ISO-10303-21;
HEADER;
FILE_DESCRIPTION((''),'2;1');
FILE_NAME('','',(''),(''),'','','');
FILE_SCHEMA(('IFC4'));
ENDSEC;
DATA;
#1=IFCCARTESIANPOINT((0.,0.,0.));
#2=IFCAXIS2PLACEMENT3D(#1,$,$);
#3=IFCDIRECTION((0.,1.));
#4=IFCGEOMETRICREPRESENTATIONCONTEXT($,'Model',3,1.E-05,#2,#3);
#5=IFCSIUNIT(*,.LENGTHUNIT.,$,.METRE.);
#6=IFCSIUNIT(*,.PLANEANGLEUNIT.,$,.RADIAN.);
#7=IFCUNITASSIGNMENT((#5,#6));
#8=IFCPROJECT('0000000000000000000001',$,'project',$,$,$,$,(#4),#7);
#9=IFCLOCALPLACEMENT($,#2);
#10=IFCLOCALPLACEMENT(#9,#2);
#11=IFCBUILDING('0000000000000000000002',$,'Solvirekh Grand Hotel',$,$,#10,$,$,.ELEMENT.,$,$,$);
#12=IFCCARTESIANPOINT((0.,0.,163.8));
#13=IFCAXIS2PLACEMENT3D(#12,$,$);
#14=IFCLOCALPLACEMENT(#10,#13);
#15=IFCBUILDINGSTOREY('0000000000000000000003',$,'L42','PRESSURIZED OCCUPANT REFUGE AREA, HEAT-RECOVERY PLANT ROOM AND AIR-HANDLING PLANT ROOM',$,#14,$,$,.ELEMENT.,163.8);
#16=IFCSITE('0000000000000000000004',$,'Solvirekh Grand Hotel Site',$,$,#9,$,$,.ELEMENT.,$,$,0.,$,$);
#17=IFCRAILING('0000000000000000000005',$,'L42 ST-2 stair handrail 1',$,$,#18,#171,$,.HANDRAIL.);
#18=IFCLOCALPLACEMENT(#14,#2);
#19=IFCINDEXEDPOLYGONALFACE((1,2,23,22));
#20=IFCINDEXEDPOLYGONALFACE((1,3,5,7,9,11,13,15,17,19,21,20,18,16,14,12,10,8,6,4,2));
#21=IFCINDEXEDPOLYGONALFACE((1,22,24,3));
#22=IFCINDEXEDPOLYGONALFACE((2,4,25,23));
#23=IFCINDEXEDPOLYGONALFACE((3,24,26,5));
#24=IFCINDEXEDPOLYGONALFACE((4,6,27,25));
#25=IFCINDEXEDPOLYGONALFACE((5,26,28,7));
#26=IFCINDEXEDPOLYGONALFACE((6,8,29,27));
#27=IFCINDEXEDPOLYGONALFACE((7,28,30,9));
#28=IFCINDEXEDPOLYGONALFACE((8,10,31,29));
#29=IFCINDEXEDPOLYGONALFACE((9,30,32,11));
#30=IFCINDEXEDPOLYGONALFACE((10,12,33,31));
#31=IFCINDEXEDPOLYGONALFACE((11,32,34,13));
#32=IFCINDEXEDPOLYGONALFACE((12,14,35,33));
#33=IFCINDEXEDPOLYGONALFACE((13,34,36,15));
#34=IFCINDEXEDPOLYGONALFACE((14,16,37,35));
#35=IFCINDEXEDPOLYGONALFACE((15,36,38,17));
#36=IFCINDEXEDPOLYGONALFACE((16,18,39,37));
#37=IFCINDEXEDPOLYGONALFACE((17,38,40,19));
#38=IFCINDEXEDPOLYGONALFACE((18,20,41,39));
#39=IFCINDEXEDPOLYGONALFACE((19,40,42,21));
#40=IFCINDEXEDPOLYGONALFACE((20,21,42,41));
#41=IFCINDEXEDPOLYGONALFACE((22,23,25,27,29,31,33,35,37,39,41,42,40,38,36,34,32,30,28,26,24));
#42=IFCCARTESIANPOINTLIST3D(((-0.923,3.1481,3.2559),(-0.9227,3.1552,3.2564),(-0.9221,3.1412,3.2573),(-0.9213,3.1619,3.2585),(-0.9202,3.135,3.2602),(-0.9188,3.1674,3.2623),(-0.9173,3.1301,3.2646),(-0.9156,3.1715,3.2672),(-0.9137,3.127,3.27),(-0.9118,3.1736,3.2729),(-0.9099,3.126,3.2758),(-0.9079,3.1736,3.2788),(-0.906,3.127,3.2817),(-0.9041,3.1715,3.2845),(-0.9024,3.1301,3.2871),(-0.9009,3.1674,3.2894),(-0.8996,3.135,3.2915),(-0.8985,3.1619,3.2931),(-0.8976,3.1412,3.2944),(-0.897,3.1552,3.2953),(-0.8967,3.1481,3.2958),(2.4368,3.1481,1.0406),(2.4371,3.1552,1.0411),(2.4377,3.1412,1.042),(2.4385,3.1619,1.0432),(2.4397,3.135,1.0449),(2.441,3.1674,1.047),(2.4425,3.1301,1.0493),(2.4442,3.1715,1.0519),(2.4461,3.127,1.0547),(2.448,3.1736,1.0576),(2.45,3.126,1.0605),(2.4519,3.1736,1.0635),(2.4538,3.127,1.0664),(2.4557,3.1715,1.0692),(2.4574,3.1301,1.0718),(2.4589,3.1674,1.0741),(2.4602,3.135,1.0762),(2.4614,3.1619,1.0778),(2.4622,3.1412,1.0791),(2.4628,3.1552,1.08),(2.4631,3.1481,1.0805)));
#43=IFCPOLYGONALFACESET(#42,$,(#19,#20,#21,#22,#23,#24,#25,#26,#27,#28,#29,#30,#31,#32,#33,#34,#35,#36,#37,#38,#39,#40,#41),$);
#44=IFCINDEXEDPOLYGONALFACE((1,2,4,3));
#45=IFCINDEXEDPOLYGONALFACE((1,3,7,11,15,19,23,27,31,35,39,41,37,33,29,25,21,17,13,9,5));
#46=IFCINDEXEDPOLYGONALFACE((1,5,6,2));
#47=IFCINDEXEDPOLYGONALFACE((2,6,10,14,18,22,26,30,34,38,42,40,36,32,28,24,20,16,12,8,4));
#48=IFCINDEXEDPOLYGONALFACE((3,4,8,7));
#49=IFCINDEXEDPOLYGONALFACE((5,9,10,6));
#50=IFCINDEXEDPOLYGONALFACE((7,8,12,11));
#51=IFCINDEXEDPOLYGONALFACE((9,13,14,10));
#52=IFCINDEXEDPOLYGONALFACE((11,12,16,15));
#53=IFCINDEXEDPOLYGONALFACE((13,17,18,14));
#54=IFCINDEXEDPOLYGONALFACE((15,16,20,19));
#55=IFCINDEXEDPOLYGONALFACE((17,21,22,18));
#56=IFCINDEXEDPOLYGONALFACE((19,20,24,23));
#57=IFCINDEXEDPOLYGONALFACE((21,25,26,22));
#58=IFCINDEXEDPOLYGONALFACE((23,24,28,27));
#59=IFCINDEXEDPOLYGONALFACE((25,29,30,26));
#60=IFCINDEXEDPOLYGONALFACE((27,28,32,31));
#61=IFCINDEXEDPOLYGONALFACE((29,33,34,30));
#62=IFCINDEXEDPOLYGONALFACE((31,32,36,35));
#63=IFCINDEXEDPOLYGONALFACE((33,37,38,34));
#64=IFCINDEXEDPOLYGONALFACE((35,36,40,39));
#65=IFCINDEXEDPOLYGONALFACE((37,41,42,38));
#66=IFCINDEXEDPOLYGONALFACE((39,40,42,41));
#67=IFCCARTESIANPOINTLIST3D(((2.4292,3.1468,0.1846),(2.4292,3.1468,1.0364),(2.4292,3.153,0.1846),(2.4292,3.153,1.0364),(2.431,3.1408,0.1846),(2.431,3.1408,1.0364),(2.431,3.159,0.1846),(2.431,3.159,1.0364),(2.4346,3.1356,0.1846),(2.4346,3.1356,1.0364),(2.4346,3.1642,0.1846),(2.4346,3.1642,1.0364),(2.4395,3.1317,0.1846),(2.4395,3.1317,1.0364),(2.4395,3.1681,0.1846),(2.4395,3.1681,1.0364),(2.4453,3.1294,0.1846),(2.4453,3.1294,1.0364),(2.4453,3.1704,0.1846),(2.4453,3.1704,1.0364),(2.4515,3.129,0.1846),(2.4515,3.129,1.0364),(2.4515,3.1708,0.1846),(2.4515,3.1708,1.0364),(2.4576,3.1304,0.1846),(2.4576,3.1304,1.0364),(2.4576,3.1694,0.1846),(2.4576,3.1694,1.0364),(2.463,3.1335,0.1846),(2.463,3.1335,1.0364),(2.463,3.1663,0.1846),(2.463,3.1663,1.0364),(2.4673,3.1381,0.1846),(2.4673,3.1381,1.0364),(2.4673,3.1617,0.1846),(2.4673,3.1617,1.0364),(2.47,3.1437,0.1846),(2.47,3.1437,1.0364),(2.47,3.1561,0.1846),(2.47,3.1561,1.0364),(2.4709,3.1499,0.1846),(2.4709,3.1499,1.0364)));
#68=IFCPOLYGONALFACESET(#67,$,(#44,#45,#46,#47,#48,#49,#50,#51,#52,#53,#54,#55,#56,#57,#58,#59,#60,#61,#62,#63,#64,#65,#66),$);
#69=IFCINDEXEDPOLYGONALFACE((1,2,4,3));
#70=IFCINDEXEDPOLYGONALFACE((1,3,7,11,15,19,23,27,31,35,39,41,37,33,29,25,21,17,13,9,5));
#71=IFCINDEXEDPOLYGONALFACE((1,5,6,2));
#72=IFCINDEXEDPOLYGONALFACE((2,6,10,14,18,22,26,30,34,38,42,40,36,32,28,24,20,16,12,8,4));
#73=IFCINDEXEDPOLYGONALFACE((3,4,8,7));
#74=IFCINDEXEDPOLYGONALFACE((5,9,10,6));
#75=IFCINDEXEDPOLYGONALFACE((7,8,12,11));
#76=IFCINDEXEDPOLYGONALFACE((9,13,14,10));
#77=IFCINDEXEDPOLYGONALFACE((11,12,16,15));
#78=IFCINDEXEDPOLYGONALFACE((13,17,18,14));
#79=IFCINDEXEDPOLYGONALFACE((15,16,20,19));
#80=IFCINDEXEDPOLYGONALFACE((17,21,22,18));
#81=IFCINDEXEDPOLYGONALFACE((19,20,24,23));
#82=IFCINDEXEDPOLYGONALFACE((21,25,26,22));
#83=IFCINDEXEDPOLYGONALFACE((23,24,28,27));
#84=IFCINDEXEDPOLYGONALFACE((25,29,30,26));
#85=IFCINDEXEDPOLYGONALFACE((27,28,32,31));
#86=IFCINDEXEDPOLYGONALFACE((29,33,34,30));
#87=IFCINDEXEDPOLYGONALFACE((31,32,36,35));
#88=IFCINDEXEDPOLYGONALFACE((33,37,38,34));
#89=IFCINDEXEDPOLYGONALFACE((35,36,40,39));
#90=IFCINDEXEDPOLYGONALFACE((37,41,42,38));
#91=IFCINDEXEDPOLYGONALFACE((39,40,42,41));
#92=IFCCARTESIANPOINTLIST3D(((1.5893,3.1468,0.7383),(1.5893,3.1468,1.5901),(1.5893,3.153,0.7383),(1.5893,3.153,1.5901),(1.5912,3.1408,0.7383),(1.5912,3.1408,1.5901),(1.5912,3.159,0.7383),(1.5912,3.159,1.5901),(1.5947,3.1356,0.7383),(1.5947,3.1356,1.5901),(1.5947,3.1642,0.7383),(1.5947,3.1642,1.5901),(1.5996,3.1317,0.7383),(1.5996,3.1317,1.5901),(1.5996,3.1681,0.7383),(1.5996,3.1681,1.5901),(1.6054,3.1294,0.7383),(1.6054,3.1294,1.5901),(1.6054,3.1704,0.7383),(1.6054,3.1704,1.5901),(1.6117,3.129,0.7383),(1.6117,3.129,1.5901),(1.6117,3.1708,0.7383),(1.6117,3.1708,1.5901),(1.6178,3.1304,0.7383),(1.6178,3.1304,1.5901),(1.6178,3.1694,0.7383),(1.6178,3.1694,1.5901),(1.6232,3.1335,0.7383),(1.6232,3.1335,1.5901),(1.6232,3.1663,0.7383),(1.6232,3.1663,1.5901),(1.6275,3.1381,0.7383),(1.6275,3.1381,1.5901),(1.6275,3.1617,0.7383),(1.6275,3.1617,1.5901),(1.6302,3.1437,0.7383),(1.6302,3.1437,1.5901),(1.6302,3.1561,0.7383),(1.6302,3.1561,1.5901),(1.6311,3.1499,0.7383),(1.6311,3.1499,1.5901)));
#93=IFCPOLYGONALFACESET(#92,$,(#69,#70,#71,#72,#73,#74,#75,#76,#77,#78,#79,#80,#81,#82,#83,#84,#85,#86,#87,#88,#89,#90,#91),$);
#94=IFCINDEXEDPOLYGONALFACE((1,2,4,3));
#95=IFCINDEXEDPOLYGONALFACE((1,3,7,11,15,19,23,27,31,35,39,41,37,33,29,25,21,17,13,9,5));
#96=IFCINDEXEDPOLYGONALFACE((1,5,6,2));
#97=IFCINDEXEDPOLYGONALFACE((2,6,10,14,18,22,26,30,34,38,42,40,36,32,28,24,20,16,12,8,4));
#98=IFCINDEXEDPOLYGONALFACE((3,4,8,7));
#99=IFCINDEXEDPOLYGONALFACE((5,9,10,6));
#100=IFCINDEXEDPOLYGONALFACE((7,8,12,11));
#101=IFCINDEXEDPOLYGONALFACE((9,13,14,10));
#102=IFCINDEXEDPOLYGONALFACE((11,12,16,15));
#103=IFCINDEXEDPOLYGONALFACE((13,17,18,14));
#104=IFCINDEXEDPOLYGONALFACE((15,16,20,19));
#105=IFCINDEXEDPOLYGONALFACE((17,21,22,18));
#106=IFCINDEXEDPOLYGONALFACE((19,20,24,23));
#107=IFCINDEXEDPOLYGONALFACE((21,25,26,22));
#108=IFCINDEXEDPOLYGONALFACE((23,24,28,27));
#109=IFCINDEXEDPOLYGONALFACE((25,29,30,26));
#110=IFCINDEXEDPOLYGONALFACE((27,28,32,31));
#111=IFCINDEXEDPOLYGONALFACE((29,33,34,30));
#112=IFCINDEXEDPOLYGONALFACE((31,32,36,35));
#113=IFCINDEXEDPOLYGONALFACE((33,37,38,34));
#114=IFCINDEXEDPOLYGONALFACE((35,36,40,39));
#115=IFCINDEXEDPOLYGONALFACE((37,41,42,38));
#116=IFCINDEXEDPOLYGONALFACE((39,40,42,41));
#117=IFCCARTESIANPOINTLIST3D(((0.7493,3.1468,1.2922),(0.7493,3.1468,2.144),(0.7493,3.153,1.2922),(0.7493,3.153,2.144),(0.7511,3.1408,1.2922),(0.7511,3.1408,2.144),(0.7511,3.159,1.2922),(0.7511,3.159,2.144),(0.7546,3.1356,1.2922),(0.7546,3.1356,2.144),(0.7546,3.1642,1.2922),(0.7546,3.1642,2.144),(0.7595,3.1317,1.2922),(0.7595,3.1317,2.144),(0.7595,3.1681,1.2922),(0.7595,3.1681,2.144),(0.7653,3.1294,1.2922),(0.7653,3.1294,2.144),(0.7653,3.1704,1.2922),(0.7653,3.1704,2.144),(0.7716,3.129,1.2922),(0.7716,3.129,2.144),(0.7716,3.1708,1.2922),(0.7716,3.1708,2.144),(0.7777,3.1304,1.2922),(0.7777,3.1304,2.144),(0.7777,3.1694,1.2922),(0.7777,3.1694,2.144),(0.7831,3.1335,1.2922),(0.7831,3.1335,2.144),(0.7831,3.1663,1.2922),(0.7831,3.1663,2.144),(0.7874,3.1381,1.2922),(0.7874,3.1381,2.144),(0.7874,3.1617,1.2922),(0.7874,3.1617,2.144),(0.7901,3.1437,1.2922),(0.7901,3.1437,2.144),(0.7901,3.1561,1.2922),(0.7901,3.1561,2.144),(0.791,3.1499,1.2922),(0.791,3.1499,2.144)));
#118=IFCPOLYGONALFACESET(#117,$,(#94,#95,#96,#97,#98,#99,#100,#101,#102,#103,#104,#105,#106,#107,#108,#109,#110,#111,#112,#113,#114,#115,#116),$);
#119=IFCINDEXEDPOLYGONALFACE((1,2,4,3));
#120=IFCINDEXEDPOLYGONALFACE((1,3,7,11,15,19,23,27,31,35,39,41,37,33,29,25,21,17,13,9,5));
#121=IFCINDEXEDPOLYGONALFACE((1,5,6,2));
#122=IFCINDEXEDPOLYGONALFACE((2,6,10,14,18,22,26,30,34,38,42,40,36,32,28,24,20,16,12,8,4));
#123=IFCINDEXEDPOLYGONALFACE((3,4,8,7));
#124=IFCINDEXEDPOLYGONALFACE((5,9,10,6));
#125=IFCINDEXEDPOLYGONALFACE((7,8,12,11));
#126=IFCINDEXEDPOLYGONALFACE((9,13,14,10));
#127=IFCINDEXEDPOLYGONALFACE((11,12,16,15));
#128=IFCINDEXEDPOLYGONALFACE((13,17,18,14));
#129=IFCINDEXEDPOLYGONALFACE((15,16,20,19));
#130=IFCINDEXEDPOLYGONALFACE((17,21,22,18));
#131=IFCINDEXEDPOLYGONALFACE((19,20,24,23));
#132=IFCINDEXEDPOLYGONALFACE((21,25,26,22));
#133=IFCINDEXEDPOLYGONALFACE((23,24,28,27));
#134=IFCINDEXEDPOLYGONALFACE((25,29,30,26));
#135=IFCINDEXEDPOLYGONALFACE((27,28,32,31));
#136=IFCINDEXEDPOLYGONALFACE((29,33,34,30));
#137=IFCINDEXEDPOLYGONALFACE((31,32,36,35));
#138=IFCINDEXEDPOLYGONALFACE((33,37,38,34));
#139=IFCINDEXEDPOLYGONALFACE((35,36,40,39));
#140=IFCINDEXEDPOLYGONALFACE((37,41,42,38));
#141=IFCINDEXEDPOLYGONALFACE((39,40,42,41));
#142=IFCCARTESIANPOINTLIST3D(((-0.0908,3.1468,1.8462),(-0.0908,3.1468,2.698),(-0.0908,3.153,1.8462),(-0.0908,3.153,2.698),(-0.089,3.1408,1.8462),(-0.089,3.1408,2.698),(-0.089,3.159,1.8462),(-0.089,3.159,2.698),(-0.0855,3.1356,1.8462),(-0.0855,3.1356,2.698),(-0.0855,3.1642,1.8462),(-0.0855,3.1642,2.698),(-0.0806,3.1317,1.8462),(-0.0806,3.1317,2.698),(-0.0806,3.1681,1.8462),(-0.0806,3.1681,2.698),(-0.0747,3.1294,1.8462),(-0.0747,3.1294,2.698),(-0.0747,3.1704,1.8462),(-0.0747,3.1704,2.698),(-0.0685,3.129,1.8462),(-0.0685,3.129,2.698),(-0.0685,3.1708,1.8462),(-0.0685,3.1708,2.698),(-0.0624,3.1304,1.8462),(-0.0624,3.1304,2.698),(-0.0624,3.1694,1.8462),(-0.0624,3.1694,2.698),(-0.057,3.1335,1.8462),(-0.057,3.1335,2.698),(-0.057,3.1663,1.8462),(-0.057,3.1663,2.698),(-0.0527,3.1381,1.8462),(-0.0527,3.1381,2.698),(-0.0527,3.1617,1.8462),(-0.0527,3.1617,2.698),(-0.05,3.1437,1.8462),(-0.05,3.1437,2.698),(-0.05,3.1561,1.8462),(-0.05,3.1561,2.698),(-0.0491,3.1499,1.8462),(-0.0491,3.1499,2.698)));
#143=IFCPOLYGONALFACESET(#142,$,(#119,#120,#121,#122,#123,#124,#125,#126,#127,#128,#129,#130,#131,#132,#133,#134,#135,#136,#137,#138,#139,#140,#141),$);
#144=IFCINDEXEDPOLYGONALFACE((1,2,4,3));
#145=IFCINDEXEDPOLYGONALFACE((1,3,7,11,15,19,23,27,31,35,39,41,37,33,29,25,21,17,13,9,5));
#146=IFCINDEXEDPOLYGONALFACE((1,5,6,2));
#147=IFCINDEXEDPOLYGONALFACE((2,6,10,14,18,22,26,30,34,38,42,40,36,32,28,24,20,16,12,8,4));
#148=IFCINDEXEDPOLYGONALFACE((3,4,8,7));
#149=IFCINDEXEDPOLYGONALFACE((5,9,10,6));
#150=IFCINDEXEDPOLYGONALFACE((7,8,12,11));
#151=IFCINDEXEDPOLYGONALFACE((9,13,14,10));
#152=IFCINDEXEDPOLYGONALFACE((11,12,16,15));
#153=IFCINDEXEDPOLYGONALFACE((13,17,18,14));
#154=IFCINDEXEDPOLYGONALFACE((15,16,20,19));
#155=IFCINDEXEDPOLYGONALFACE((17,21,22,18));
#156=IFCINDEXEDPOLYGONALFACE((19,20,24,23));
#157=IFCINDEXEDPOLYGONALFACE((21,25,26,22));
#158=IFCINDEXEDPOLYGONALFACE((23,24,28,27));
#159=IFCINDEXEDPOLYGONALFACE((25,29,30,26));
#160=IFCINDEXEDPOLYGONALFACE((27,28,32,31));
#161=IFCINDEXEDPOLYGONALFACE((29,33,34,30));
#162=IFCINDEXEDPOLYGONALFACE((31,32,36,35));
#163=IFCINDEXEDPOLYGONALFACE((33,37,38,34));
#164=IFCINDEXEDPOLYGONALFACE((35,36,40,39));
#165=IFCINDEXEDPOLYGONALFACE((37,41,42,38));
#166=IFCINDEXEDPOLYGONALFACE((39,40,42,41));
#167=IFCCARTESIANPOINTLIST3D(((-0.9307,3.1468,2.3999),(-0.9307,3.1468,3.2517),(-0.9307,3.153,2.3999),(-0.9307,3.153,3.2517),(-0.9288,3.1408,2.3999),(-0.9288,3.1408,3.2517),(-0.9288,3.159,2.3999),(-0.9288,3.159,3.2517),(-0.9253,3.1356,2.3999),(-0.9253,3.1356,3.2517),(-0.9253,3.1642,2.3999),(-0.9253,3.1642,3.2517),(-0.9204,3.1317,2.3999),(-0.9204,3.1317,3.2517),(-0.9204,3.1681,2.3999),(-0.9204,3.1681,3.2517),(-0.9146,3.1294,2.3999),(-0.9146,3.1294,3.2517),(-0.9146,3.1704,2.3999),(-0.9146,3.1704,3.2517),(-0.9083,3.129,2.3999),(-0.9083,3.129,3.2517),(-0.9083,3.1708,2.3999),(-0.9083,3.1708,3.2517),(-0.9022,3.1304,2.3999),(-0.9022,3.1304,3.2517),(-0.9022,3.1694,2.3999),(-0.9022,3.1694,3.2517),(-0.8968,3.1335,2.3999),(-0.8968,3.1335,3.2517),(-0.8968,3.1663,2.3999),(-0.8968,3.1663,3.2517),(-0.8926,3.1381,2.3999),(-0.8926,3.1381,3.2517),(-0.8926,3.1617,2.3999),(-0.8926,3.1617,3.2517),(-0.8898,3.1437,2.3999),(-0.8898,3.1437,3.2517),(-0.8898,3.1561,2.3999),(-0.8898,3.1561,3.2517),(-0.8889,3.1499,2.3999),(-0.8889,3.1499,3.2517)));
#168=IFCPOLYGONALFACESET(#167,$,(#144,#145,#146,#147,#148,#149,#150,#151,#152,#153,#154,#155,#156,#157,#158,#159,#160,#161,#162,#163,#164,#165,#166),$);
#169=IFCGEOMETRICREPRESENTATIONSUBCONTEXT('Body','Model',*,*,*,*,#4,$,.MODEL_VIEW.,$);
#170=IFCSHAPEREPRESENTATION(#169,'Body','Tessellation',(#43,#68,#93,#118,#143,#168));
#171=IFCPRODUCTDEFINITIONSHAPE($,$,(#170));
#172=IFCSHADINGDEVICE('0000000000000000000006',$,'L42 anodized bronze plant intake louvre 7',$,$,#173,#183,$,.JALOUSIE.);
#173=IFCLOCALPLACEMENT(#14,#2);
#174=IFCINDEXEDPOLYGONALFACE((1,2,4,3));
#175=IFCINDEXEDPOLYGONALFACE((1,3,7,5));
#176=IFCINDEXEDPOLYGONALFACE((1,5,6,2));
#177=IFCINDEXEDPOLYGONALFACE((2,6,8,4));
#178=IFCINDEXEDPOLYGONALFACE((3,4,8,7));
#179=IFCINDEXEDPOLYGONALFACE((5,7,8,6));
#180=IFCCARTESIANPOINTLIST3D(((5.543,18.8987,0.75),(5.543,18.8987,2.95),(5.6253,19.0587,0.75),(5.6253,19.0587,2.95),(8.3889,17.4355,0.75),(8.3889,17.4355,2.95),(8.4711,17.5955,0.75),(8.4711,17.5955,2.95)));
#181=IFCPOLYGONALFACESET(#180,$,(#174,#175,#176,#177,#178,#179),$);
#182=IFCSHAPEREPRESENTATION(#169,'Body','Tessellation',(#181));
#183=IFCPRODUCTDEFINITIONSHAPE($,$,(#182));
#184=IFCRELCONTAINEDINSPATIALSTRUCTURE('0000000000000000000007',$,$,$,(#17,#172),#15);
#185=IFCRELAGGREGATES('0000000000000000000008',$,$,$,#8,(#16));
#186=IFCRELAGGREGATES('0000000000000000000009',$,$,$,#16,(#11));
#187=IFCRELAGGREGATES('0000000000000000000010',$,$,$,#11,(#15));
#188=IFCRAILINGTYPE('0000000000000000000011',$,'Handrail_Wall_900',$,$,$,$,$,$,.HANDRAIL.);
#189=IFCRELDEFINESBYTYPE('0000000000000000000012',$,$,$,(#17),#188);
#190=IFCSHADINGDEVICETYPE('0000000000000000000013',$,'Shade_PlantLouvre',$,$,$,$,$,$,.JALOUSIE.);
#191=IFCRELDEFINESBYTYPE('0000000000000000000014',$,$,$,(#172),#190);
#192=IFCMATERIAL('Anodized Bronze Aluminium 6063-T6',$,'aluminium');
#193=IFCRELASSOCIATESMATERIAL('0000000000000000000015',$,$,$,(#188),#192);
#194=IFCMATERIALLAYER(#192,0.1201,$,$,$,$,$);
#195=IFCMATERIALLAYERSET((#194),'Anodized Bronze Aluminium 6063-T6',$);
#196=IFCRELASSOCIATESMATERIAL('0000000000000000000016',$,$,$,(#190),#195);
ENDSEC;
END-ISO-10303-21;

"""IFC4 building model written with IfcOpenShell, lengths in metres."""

from ifc_helpers import new_model, si_unit, direction, frame, origin, origin_2d, place, context, subcontext, project, spatial, rectangle, circle, extrude, material, layer, layer_set, type_object, element, save


model = new_model("IFC4")

# Units and contexts
model_context = context("Model", 3, precision=1e-05, world=origin(), true_north=direction((0.0, 1.0)))
body_context = subcontext(model_context, "Body", "Model", "MODEL_VIEW")
ifc_project = project(units=[si_unit("LENGTHUNIT", "METRE"), si_unit("PLANEANGLEUNIT", "RADIAN")], contexts=[model_context])

# Site, building, storey
site_placement = place(None, origin())
site = spatial("IfcSite", under=ifc_project, at=site_placement, Name="Solvirekh Grand Hotel Site", CompositionType="ELEMENT", RefElevation=0.0)
building_placement = place(site_placement, origin())
building = spatial("IfcBuilding", under=site, at=building_placement, Name="Solvirekh Grand Hotel", CompositionType="ELEMENT")
storey_placement = place(building_placement, frame((0.0, 0.0, 163.8)))
storey = spatial("IfcBuildingStorey", under=building, at=storey_placement, Name="L42", Description="PRESSURIZED OCCUPANT REFUGE AREA, HEAT-RECOVERY PLANT ROOM AND AIR-HANDLING PLANT ROOM", CompositionType="ELEMENT", Elevation=163.8)

# Shared definitions
ifc_material_1 = material(Name="Anodized Bronze Aluminium 6063-T6", Category="aluminium")

# Railing
railing_type_1 = type_object("IfcRailingType", Name="Handrail_Wall_900", PredefinedType="HANDRAIL", material=ifc_material_1)
railing_1_placement = place(storey_placement, frame((2.45, 3.1499, 0.1846)))
element("IfcRailing", 1, at=railing_1_placement, inside=storey, type_object=railing_type_1, Name="L42 ST-2 stair handrail 1", PredefinedType="HANDRAIL", context=body_context, shape_type="SweptSolid", body=[
    extrude(circle(Radius=0.0239, at=origin_2d()), frame((0.0, 0.0, 0.876), z_axis=(-0.834858, 0.0, 0.550465), x_axis=(0.0, -1.0, 0.0)), (0.0, 0.0, 1.0), 4.0244),
    extrude(circle(Radius=0.021, at=origin_2d()), origin(), (0.0, 0.0, 1.0), 0.8518),
    extrude(circle(Radius=0.021, at=origin_2d()), frame((-0.8398, 0.0, 0.5537)), (0.0, 0.0, 1.0), 0.8518),
    extrude(circle(Radius=0.021, at=origin_2d()), frame((-1.6799, 0.0, 1.1077)), (0.0, 0.0, 1.0), 0.8518),
    extrude(circle(Radius=0.021, at=origin_2d()), frame((-2.52, 0.0, 1.6616)), (0.0, 0.0, 1.0), 0.8518),
    extrude(circle(Radius=0.021, at=origin_2d()), frame((-3.3599, 0.0, 2.2153)), (0.0, 0.0, 1.0), 0.8518),
])

# Shading device
ifc_layer_1 = layer(ifc_material_1, 0.1201)
ifc_layer_set_1 = layer_set([ifc_layer_1], Name="Anodized Bronze Aluminium 6063-T6")
shading_device_type = type_object("IfcShadingDeviceType", Name="Shade_PlantLouvre", PredefinedType="JALOUSIE", material=ifc_layer_set_1)
shading_device_placement = place(storey_placement, frame((7.0071, 18.2471, 0.75), z_axis=(0.0, 0.0, 1.0), x_axis=(0.889337, -0.457253, 0.0)))
element("IfcShadingDevice", 2, at=shading_device_placement, inside=storey, type_object=shading_device_type, Name="L42 anodized bronze plant intake louvre 7", PredefinedType="JALOUSIE", context=body_context, shape_type="SweptSolid", body=[
    extrude(rectangle(XDim=3.2, YDim=0.1799, at=origin_2d()), origin(), (0.0, 0.0, 1.0), 2.2),
])

save(model, "model.ifc")
